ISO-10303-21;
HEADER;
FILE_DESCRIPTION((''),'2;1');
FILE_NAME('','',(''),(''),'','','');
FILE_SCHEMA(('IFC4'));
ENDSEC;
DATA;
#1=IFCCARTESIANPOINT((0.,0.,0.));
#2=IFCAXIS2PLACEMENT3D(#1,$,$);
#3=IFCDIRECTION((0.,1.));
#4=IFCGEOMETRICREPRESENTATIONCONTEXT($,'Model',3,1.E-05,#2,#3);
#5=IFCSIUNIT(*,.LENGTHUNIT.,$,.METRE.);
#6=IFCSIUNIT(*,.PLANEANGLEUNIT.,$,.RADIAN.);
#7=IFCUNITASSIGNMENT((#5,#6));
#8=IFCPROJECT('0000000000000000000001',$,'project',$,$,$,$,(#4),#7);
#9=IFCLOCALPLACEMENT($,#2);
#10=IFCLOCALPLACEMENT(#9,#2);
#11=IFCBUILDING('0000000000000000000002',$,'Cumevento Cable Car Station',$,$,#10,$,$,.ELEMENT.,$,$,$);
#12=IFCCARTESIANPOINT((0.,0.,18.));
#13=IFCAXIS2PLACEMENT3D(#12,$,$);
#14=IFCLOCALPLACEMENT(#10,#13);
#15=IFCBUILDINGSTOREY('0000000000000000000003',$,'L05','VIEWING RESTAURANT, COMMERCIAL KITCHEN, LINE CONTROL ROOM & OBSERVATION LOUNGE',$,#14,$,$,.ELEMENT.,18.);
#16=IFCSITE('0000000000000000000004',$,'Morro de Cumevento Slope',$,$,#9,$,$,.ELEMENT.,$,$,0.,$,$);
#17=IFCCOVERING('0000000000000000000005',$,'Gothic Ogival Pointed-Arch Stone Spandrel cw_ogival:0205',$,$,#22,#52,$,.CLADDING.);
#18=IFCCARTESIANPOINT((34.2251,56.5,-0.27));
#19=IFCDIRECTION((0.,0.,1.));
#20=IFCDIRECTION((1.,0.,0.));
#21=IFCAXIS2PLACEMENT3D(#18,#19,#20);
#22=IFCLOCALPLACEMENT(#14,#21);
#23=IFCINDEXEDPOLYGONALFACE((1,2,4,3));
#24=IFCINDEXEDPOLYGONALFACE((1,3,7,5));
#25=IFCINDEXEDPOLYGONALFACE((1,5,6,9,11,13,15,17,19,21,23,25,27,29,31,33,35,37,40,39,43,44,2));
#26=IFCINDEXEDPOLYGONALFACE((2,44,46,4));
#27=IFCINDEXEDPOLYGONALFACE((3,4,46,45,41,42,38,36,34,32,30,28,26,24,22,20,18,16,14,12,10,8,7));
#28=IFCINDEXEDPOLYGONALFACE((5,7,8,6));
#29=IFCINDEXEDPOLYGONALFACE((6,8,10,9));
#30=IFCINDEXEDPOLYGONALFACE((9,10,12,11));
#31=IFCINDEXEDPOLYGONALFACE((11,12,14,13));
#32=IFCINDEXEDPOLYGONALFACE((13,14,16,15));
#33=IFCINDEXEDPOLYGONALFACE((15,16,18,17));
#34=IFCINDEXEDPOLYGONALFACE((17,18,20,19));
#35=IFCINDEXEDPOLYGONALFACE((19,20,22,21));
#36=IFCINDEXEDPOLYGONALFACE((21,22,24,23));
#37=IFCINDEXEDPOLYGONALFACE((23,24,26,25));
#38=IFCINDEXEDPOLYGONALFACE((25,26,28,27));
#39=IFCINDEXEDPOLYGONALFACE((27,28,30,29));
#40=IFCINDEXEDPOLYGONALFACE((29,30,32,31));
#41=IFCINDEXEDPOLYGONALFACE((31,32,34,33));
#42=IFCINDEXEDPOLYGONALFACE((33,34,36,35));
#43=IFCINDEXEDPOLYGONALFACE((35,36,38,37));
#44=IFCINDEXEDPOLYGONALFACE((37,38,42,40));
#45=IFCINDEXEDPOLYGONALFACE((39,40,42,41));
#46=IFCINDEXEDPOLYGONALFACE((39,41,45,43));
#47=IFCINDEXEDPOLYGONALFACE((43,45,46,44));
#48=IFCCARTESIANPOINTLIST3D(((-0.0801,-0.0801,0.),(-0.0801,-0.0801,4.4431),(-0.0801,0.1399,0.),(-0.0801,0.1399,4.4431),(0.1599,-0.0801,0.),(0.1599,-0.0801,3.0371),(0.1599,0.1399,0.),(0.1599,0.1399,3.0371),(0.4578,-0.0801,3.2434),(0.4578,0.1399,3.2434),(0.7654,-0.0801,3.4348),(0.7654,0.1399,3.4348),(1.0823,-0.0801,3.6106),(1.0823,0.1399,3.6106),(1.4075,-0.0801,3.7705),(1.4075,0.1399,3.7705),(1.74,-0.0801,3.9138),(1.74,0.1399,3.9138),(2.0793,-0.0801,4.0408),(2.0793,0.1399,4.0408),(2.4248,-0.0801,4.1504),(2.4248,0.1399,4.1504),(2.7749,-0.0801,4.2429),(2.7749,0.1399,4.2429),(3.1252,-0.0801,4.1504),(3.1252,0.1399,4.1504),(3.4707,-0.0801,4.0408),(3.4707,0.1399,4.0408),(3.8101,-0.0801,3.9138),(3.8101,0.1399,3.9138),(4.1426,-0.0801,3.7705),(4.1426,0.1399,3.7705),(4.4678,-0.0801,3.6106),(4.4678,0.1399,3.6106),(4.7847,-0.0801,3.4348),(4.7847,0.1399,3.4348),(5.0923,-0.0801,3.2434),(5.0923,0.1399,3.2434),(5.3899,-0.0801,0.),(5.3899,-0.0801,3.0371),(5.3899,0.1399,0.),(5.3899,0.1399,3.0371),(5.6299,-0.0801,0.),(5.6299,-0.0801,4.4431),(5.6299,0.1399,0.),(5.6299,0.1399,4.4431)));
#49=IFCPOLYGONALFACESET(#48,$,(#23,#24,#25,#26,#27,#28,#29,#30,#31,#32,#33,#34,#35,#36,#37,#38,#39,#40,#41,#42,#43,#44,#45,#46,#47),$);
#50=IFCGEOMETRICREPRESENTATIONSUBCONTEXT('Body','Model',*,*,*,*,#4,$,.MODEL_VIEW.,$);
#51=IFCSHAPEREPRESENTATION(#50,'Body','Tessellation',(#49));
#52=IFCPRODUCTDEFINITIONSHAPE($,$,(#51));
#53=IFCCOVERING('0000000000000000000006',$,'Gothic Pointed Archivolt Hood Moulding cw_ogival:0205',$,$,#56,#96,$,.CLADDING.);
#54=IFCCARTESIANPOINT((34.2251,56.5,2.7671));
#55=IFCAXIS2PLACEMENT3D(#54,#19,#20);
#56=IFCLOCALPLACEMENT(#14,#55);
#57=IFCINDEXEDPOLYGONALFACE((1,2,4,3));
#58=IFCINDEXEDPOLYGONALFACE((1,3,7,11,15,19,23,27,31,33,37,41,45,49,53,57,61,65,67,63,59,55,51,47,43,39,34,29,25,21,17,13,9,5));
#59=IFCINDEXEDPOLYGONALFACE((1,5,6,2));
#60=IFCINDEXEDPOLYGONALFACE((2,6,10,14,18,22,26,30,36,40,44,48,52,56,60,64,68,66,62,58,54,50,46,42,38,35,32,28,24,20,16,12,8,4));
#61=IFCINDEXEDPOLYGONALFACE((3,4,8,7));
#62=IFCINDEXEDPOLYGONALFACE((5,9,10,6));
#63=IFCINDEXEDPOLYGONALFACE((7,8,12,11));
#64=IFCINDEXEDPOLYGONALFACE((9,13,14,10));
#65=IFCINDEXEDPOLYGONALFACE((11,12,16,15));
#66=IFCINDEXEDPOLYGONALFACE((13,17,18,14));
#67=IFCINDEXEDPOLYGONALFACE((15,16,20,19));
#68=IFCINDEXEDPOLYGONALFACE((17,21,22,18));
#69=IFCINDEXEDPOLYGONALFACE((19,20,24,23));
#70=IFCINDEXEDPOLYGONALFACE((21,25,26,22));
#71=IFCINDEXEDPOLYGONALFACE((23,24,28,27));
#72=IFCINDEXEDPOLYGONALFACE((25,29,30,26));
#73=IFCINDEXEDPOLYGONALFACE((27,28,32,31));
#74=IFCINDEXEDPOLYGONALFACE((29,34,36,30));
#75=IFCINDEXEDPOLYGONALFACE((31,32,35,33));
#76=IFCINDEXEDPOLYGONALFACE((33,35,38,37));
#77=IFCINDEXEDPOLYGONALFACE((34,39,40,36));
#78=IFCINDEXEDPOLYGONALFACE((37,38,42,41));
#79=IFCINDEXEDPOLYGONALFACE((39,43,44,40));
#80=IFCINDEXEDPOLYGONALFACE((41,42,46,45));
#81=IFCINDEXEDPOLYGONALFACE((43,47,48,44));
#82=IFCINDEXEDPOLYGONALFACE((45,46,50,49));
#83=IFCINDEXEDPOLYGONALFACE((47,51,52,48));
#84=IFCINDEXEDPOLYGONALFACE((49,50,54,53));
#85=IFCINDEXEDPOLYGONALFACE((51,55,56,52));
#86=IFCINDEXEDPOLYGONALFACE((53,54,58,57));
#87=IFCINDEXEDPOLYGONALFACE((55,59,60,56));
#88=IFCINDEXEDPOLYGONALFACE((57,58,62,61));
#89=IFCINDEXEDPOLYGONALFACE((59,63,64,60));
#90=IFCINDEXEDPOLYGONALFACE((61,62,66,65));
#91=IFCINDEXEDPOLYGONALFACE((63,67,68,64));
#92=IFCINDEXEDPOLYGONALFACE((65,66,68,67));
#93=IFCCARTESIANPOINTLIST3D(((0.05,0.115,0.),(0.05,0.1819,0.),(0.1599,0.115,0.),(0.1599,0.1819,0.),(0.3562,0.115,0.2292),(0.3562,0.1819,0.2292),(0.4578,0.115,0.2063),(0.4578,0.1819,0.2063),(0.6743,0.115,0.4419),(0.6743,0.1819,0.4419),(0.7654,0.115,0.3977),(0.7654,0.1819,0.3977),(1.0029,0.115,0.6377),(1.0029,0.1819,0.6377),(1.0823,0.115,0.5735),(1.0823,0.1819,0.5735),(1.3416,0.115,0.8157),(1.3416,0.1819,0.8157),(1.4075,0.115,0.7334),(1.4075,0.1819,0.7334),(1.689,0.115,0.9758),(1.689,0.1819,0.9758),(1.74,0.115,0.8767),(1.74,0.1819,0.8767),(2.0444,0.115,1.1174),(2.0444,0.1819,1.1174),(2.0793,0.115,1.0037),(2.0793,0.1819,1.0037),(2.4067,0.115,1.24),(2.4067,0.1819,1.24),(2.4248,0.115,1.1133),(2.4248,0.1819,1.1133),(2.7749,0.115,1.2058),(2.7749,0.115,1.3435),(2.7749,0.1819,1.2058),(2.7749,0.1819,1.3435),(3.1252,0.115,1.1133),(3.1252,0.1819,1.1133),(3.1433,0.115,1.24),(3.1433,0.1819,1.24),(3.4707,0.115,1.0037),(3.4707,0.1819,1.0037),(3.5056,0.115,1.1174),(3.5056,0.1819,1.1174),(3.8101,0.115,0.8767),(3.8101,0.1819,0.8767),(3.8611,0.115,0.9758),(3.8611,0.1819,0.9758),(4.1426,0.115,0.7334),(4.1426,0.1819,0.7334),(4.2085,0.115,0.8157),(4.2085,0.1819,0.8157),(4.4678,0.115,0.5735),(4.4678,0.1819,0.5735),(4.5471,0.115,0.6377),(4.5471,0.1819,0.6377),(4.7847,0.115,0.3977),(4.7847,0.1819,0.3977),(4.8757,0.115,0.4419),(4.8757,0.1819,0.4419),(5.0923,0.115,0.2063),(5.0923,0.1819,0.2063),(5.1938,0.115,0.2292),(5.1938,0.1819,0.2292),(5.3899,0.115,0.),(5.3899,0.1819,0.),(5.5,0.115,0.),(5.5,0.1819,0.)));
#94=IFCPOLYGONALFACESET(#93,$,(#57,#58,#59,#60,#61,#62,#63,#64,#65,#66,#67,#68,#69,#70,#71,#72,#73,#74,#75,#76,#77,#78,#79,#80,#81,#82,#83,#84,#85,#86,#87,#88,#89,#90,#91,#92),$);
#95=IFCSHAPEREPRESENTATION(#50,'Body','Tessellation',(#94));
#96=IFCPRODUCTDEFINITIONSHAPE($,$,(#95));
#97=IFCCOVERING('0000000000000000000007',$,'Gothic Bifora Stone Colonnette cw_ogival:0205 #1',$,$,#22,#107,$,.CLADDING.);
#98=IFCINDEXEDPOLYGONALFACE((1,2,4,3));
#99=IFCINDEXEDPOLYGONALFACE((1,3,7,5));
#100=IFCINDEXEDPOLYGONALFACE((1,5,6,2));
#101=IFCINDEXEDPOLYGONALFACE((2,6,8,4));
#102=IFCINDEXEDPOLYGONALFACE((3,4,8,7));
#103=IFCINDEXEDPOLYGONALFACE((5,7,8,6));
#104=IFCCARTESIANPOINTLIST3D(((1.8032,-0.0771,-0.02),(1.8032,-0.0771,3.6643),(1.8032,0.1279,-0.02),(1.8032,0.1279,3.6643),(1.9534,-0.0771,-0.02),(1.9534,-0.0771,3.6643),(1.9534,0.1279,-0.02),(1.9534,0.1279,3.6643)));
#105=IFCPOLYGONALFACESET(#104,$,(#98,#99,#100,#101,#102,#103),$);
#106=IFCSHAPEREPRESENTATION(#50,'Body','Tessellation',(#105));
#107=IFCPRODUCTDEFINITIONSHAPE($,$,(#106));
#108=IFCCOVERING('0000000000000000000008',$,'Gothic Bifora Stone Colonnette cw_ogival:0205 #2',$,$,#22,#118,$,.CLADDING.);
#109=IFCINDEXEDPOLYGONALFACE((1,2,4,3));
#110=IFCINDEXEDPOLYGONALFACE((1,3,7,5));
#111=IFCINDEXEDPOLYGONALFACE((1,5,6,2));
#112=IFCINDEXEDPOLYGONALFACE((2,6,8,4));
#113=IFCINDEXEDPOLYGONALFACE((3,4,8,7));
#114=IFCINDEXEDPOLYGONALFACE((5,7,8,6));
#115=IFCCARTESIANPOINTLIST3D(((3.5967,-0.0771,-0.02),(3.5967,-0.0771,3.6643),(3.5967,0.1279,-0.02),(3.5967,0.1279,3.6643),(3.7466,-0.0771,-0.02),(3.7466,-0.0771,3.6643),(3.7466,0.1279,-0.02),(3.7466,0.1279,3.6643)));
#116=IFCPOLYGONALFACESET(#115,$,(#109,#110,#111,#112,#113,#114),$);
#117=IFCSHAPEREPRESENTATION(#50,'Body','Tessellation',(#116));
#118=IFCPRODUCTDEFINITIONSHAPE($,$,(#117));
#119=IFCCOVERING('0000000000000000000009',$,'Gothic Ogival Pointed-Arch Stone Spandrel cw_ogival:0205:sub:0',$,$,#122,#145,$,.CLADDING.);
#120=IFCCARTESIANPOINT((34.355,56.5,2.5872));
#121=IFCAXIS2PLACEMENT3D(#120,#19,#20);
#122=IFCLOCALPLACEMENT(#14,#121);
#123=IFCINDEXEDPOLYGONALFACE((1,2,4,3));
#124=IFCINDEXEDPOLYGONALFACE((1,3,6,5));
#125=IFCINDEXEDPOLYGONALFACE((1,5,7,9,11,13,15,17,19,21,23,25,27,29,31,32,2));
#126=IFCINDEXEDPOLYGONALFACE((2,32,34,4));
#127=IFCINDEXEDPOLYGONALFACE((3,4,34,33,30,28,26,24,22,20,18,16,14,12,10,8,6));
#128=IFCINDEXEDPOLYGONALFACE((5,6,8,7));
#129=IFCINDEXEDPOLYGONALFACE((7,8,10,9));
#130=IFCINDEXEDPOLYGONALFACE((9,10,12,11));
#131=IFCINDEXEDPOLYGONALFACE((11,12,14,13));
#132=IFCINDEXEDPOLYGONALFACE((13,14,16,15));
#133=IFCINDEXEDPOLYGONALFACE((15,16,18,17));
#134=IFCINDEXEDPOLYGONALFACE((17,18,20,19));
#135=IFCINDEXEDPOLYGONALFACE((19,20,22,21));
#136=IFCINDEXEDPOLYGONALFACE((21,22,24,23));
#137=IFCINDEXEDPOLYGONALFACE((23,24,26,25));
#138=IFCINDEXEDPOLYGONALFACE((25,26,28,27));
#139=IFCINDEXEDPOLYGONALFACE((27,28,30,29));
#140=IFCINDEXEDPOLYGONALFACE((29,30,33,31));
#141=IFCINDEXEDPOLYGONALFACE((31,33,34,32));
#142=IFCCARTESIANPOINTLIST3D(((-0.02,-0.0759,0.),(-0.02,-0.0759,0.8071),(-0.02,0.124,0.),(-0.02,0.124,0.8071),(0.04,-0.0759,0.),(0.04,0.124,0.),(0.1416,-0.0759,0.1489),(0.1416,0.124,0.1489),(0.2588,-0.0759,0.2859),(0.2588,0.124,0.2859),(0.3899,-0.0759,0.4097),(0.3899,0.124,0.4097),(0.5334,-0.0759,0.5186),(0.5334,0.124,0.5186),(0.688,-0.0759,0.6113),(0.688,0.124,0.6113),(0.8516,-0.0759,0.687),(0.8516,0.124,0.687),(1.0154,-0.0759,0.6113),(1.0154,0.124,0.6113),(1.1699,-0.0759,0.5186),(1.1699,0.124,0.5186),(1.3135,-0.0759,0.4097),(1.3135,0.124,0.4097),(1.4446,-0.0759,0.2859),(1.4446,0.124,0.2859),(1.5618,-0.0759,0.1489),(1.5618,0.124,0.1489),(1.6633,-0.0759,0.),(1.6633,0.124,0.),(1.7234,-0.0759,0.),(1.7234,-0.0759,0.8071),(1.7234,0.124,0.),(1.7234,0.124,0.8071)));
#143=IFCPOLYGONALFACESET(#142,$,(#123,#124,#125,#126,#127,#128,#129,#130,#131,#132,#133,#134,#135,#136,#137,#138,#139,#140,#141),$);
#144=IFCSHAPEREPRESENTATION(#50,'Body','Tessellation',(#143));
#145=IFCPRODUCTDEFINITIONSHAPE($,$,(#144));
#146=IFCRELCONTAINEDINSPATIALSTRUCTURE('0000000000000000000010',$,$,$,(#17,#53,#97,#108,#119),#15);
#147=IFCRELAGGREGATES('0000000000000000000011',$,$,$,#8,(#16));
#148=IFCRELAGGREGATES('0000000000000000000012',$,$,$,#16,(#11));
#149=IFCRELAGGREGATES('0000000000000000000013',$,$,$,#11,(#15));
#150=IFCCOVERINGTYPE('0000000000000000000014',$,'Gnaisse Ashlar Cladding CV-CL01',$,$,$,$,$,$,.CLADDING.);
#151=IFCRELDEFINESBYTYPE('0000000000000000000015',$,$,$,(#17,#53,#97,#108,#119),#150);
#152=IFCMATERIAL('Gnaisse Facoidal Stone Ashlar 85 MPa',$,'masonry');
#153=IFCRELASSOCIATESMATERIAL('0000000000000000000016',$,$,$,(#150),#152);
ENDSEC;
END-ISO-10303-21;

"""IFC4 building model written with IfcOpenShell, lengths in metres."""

from ifc_helpers import new_model, si_unit, direction, frame, origin, place, context, subcontext, project, spatial, polyline, outline, extrude, material, type_object, element, save


model = new_model("IFC4")

# Units and contexts
model_context = context("Model", 3, precision=1e-05, world=origin(), true_north=direction((0.0, 1.0)))
body_context = subcontext(model_context, "Body", "Model", "MODEL_VIEW")
ifc_project = project(units=[si_unit("LENGTHUNIT", "METRE"), si_unit("PLANEANGLEUNIT", "RADIAN")], contexts=[model_context])

# Site, building, storey
site_placement = place(None, origin())
site = spatial("IfcSite", under=ifc_project, at=site_placement, Name="Morro de Cumevento Slope", CompositionType="ELEMENT", RefElevation=0.0)
building_placement = place(site_placement, origin())
building = spatial("IfcBuilding", under=site, at=building_placement, Name="Cumevento Cable Car Station", CompositionType="ELEMENT")
storey_placement = place(building_placement, frame((0.0, 0.0, 18.0)))
storey = spatial("IfcBuildingStorey", under=building, at=storey_placement, Name="L05", Description="VIEWING RESTAURANT, COMMERCIAL KITCHEN, LINE CONTROL ROOM & OBSERVATION LOUNGE", CompositionType="ELEMENT", Elevation=18.0)

# Coverings
ifc_material_1 = material(Name="Gnaisse Facoidal Stone Ashlar 85 MPa", Category="masonry")
covering_type = type_object("IfcCoveringType", Name="Gnaisse Ashlar Cladding CV-CL01", PredefinedType="CLADDING", material=ifc_material_1)
placement = place(storey_placement, frame((34.2251, 56.5, -0.27), z_axis=(0.0, 0.0, 1.0), x_axis=(1.0, 0.0, 0.0)))
element("IfcCovering", 1, at=placement, inside=storey, type_object=covering_type, Name="Gothic Ogival Pointed-Arch Stone Spandrel cw_ogival:0205", PredefinedType="CLADDING", context=body_context, shape_type="SweptSolid", body=[
    extrude(outline(polyline([(-0.0801, 0.0), (-0.0801, 4.4431), (5.6299, 4.4431), (5.6299, 0.0), (5.3899, 0.0), (5.3899, 3.0371), (5.0923, 3.2434), (4.7847, 3.4348), (4.4678, 3.6106), (4.1426, 3.7705), (3.8101, 3.9138), (3.4707, 4.0408), (3.1252, 4.1504), (2.7749, 4.2429), (2.4248, 4.1504), (2.0793, 4.0408), (1.74, 3.9138), (1.4075, 3.7705), (1.0823, 3.6106), (0.7654, 3.4348), (0.4578, 3.2434), (0.1599, 3.0371), (0.1599, 0.0), (-0.0801, 0.0)])), frame((0.0, 0.1399, 0.0), z_axis=(0.0, -1.0, 0.0), x_axis=(1.0, 0.0, 0.0)), (0.0, 0.0, 1.0), 0.22),
])
covering_1_placement = place(storey_placement, frame((34.2251, 56.5, 2.7671), z_axis=(0.0, 0.0, 1.0), x_axis=(1.0, 0.0, 0.0)))
element("IfcCovering", 2, at=covering_1_placement, inside=storey, type_object=covering_type, Name="Gothic Pointed Archivolt Hood Moulding cw_ogival:0205", PredefinedType="CLADDING", context=body_context, shape_type="SweptSolid", body=[
    extrude(outline(polyline([(0.1599, 0.0), (0.4578, 0.2063), (0.7654, 0.3977), (1.0823, 0.5735), (1.4075, 0.7334), (1.74, 0.8767), (2.0793, 1.0037), (2.4248, 1.1133), (2.7749, 1.2058), (3.1252, 1.1133), (3.4707, 1.0037), (3.8101, 0.8767), (4.1426, 0.7334), (4.4678, 0.5735), (4.7847, 0.3977), (5.0923, 0.2063), (5.3899, 0.0), (5.5, 0.0), (5.1938, 0.2292), (4.8757, 0.4419), (4.5471, 0.6377), (4.2085, 0.8157), (3.8611, 0.9758), (3.5056, 1.1174), (3.1433, 1.24), (2.7749, 1.3435), (2.4067, 1.24), (2.0444, 1.1174), (1.689, 0.9758), (1.3416, 0.8157), (1.0029, 0.6377), (0.6743, 0.4419), (0.3562, 0.2292), (0.05, 0.0), (0.1599, 0.0)])), frame((0.0, 0.1819, 0.0), z_axis=(0.0, -1.0, 0.0), x_axis=(1.0, 0.0, 0.0)), (0.0, 0.0, 1.0), 0.0669),
])
element("IfcCovering", 3, at=placement, inside=storey, type_object=covering_type, Name="Gothic Bifora Stone Colonnette cw_ogival:0205 #1", PredefinedType="CLADDING", context=body_context, shape_type="SweptSolid", body=[
    extrude(outline(polyline([(1.8032, -0.02), (1.9534, -0.02), (1.9534, 3.6643), (1.8032, 3.6643), (1.8032, -0.02)])), frame((0.0, 0.1279, 0.0), z_axis=(0.0, -1.0, 0.0), x_axis=(1.0, 0.0, 0.0)), (0.0, 0.0, 1.0), 0.2051),
])
element("IfcCovering", 4, at=placement, inside=storey, type_object=covering_type, Name="Gothic Bifora Stone Colonnette cw_ogival:0205 #2", PredefinedType="CLADDING", context=body_context, shape_type="SweptSolid", body=[
    extrude(outline(polyline([(3.5967, -0.02), (3.7466, -0.02), (3.7466, 3.6643), (3.5967, 3.6643), (3.5967, -0.02)])), frame((0.0, 0.1279, 0.0), z_axis=(0.0, -1.0, 0.0), x_axis=(1.0, 0.0, 0.0)), (0.0, 0.0, 1.0), 0.2051),
])
covering_2_placement = place(storey_placement, frame((34.355, 56.5, 2.5872), z_axis=(0.0, 0.0, 1.0), x_axis=(1.0, 0.0, 0.0)))
element("IfcCovering", 5, at=covering_2_placement, inside=storey, type_object=covering_type, Name="Gothic Ogival Pointed-Arch Stone Spandrel cw_ogival:0205:sub:0", PredefinedType="CLADDING", context=body_context, shape_type="SweptSolid", body=[
    extrude(outline(polyline([(-0.02, 0.0), (-0.02, 0.8071), (1.7234, 0.8071), (1.7234, 0.0), (1.6633, 0.0), (1.5618, 0.1489), (1.4446, 0.2859), (1.3135, 0.4097), (1.1699, 0.5186), (1.0154, 0.6113), (0.8516, 0.687), (0.688, 0.6113), (0.5334, 0.5186), (0.3899, 0.4097), (0.2588, 0.2859), (0.1416, 0.1489), (0.04, 0.0), (-0.02, 0.0)])), frame((0.0, 0.124, 0.0), z_axis=(0.0, -1.0, 0.0), x_axis=(1.0, 0.0, 0.0)), (0.0, 0.0, 1.0), 0.2),
])

save(model, "model.ifc")
